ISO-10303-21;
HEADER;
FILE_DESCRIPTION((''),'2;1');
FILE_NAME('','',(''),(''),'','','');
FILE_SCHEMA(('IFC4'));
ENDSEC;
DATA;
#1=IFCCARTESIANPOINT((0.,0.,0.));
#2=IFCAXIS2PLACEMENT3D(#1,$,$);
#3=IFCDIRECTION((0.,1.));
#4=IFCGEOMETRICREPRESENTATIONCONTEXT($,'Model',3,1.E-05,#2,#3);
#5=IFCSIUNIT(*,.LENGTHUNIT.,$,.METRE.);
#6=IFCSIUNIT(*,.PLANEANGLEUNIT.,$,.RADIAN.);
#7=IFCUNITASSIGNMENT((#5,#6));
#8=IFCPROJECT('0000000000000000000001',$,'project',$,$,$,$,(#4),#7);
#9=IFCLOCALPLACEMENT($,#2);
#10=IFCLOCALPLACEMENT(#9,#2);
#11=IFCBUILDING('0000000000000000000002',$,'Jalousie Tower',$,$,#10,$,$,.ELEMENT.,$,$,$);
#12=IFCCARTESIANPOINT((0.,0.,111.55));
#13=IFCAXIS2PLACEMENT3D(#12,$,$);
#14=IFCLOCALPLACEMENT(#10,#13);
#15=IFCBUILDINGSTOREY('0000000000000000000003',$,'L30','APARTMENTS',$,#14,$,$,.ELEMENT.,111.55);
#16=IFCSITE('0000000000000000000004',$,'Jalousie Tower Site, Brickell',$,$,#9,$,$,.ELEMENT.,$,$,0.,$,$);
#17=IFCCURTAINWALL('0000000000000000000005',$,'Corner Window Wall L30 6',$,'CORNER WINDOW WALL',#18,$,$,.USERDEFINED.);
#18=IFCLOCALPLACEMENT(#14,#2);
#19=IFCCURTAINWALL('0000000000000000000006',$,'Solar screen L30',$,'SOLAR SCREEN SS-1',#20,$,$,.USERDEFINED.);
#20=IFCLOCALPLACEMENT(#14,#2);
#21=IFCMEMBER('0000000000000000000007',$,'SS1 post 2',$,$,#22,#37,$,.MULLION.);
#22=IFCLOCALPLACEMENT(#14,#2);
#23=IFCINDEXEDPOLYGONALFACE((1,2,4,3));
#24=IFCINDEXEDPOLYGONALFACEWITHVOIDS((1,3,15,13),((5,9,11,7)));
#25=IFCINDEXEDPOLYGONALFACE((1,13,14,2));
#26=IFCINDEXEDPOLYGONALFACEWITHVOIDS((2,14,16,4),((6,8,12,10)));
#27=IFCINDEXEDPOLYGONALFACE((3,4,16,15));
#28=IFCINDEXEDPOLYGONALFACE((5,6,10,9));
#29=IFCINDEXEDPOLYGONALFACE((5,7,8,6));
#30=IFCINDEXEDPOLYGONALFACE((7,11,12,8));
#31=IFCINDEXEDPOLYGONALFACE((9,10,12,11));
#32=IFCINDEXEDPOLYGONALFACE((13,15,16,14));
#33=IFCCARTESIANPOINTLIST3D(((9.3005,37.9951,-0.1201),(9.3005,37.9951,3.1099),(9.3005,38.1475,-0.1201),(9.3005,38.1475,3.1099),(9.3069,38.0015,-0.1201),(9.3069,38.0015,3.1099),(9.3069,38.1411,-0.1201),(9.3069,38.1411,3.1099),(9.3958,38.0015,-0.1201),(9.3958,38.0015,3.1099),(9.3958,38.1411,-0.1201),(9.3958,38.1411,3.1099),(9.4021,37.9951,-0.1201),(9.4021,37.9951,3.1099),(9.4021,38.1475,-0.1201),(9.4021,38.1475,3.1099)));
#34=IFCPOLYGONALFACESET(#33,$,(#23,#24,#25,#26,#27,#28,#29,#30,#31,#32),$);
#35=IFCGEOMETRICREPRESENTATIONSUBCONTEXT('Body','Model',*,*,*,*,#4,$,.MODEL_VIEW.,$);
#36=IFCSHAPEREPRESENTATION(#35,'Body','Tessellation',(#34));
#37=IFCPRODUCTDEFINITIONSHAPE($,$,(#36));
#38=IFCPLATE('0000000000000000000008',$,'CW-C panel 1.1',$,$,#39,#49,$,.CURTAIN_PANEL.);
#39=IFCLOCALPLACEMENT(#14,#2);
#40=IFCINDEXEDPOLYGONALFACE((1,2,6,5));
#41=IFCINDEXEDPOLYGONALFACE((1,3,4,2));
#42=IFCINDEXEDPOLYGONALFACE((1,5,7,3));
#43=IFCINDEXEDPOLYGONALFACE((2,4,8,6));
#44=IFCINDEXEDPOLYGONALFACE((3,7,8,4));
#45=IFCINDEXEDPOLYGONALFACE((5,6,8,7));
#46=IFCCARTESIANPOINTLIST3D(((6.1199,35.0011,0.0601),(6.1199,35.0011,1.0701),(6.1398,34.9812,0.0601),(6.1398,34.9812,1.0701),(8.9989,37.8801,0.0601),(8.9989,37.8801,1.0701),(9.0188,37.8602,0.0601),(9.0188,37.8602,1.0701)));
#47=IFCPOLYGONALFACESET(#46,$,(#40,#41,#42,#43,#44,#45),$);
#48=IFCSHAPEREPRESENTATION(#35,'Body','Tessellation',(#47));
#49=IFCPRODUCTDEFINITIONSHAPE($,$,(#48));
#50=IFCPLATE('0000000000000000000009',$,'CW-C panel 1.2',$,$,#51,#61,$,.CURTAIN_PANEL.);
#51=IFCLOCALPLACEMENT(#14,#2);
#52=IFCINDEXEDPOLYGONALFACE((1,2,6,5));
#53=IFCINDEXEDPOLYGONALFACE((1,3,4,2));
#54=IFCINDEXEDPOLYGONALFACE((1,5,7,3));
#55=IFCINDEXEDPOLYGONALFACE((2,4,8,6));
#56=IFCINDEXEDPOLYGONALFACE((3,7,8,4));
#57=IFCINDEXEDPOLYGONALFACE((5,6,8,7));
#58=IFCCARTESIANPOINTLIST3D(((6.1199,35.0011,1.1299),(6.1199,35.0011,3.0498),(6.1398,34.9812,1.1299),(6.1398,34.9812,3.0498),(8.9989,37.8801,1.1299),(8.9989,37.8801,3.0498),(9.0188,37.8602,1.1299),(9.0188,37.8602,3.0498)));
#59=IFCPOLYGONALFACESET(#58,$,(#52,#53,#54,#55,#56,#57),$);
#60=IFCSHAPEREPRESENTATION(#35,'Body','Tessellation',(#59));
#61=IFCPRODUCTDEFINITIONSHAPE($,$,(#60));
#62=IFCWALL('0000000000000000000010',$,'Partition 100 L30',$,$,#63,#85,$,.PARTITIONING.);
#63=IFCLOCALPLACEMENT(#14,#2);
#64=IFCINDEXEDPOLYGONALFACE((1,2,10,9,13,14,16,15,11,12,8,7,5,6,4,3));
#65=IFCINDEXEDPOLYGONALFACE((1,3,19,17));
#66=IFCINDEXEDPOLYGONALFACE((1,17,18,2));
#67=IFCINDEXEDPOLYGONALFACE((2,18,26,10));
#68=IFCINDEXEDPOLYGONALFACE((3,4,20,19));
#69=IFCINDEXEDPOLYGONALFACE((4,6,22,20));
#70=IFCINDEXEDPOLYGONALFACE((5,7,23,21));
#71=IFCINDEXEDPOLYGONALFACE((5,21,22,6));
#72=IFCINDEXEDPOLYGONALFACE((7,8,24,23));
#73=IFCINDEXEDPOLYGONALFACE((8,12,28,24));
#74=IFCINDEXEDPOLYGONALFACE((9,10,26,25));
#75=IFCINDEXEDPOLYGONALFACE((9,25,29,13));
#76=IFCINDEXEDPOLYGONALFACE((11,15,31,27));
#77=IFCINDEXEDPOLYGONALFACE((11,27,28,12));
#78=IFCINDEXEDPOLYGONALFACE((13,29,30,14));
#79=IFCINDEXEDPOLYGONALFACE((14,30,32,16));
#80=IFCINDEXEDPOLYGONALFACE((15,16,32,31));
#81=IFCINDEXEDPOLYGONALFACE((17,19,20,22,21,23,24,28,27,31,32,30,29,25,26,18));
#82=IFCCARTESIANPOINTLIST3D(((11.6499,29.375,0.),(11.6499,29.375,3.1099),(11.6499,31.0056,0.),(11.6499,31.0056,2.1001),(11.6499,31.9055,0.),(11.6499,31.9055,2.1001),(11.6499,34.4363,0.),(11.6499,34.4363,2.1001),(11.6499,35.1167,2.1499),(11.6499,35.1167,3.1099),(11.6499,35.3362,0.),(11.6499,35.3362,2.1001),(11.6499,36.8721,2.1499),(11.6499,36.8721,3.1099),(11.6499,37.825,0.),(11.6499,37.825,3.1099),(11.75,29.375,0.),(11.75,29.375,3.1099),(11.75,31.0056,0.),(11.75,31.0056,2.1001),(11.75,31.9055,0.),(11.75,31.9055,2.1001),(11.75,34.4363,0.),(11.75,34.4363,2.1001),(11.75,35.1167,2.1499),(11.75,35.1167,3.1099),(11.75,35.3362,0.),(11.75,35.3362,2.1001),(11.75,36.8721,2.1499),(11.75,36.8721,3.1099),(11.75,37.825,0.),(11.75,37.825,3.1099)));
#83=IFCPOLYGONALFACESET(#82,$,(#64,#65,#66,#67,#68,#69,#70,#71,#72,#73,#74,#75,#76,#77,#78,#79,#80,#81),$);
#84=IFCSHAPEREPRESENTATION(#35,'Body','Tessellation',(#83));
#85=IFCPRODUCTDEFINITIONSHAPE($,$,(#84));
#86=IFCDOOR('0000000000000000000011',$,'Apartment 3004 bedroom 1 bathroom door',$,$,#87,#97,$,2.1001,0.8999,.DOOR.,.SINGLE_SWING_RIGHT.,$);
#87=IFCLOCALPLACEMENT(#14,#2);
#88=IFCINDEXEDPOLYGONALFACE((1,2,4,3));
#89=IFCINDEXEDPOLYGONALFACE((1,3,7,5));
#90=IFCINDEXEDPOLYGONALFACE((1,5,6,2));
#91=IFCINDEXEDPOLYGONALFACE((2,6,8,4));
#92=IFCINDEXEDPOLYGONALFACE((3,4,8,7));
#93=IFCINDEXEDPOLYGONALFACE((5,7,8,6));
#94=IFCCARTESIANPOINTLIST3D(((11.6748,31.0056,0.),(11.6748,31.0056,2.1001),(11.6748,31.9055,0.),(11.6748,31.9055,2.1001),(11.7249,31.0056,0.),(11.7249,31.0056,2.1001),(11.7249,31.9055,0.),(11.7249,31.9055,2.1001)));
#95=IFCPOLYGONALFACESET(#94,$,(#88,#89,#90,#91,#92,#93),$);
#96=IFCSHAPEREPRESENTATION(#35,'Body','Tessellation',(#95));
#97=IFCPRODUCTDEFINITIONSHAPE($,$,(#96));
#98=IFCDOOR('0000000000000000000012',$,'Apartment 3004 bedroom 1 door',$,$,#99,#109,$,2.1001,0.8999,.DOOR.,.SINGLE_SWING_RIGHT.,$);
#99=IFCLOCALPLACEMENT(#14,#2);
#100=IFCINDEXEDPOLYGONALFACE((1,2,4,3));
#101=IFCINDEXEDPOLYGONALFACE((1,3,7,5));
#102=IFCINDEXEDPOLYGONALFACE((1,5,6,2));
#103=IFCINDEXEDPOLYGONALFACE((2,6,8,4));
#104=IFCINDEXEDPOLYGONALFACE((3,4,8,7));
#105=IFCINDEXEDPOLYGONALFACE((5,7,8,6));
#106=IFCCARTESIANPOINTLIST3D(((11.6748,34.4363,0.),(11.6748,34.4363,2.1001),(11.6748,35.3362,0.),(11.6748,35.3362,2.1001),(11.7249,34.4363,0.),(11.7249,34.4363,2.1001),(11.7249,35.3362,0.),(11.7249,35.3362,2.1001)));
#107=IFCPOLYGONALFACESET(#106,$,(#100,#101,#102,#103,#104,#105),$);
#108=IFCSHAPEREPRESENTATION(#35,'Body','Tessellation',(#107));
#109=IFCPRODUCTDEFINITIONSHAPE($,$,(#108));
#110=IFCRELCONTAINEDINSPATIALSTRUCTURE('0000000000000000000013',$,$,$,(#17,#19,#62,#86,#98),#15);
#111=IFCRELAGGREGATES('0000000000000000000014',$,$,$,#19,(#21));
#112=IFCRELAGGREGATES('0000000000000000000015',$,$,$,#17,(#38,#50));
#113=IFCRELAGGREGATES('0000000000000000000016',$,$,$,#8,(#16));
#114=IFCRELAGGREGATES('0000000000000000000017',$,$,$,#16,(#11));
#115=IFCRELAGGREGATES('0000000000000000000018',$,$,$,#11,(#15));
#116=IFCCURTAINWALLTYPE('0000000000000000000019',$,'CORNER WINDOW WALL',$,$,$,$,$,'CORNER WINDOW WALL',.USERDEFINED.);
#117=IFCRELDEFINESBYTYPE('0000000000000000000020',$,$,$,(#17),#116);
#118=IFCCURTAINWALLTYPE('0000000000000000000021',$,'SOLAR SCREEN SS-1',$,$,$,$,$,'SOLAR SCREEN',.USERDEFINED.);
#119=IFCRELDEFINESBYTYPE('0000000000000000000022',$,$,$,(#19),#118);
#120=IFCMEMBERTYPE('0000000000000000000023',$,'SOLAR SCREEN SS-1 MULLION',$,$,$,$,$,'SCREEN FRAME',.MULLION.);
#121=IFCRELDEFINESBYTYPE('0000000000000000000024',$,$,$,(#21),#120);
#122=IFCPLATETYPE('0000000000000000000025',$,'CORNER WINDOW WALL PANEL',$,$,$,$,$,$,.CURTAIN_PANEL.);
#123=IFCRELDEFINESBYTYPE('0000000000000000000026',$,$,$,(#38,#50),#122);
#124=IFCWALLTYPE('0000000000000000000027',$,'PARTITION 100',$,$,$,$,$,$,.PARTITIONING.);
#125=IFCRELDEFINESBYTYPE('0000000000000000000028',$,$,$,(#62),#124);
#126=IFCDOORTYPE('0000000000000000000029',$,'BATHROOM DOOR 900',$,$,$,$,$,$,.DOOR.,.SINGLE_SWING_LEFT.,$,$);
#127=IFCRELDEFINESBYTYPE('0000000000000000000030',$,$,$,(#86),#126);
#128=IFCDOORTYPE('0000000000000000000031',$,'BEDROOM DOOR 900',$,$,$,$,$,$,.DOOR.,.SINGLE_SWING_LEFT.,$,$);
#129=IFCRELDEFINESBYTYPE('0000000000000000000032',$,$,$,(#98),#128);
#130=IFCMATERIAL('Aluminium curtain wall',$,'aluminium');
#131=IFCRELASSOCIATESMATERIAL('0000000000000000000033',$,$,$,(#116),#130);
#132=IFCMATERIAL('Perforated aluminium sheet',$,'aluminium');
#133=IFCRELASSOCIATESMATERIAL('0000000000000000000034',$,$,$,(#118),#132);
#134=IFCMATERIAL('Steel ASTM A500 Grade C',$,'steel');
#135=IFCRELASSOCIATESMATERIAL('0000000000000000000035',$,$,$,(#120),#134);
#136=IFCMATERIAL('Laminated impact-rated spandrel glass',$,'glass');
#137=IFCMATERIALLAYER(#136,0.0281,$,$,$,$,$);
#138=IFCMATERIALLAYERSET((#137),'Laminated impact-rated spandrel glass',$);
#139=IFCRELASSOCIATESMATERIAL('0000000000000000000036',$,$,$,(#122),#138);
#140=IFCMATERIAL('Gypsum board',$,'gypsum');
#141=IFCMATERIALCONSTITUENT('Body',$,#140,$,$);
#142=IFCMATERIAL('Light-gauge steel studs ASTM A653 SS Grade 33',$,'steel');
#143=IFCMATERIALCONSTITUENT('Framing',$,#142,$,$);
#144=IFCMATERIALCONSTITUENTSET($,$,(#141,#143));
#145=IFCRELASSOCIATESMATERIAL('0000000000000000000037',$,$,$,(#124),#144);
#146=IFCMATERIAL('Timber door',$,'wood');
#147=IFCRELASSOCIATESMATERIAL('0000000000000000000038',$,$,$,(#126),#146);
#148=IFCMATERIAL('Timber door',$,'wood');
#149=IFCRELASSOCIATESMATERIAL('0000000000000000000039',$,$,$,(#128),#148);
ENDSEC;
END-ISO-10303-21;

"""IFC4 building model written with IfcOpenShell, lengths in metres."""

from ifc_helpers import new_model, si_unit, direction, frame, frame_2d, origin, origin_2d, place, context, subcontext, project, spatial, polyline, rectangle, hollow_rectangle, outline, extrude, material, layer, layer_set, constituent, constituent_set, material_profile, profile_set, type_object, element, fill, aggregate, save


model = new_model("IFC4")

# Units and contexts
model_context = context("Model", 3, precision=1e-05, world=origin(), true_north=direction((0.0, 1.0)))
body_context = subcontext(model_context, "Body", "Model", "MODEL_VIEW")
ifc_project = project(units=[si_unit("LENGTHUNIT", "METRE"), si_unit("PLANEANGLEUNIT", "RADIAN")], contexts=[model_context])

# Site, building, storey
site_placement = place(None, origin())
site = spatial("IfcSite", under=ifc_project, at=site_placement, Name="Jalousie Tower Site, Brickell", CompositionType="ELEMENT", RefElevation=0.0)
building_placement = place(site_placement, origin())
building = spatial("IfcBuilding", under=site, at=building_placement, Name="Jalousie Tower", CompositionType="ELEMENT")
storey_placement = place(building_placement, frame((0.0, 0.0, 111.55)))
storey = spatial("IfcBuildingStorey", under=building, at=storey_placement, Name="L30", Description="APARTMENTS", CompositionType="ELEMENT", Elevation=111.55)

# Curtain wall
ifc_material_1 = material(Name="Aluminium curtain wall", Category="aluminium")
curtain_wall_type_1 = type_object("IfcCurtainWallType", Name="CORNER WINDOW WALL", ElementType="CORNER WINDOW WALL", PredefinedType="USERDEFINED", material=ifc_material_1)
curtain_wall_1_placement = place(storey_placement, origin())
curtain_wall_1 = element("IfcCurtainWall", 1, at=curtain_wall_1_placement, inside=storey, type_object=curtain_wall_type_1, Name="Corner Window Wall L30 6", ObjectType="CORNER WINDOW WALL", PredefinedType="USERDEFINED")

# Curtain wall, member
ifc_material_2 = material(Name="Perforated aluminium sheet", Category="aluminium")
curtain_wall_type_2 = type_object("IfcCurtainWallType", Name="SOLAR SCREEN SS-1", ElementType="SOLAR SCREEN", PredefinedType="USERDEFINED", material=ifc_material_2)
curtain_wall_2_placement = place(storey_placement, origin())
curtain_wall_2 = element("IfcCurtainWall", 2, at=curtain_wall_2_placement, inside=storey, type_object=curtain_wall_type_2, Name="Solar screen L30", ObjectType="SOLAR SCREEN SS-1", PredefinedType="USERDEFINED")
ifc_material_3 = material(Name="Steel ASTM A500 Grade C", Category="steel")
ifc_material_profile_1 = material_profile(ifc_material_3, hollow_rectangle(XDim=0.1016, YDim=0.1523, WallThickness=0.0063, at=origin_2d()), Name="HSS6X4X1/4")
ifc_profile_set_1 = profile_set([ifc_material_profile_1], Name="Steel ASTM A500 Grade C")
member_type_1 = type_object("IfcMemberType", Name="SOLAR SCREEN SS-1 MULLION", ElementType="SCREEN FRAME", PredefinedType="MULLION", material=ifc_profile_set_1)
member_1_placement = place(storey_placement, frame((9.3513, 38.0713, -0.1201), z_axis=(0.0, 0.0, 1.0), x_axis=(-1.0, 0.0, 0.0)))
member_1 = element("IfcMember", 3, at=member_1_placement, type_object=member_type_1, Name="SS1 post 2", PredefinedType="MULLION", context=body_context, shape_type="SweptSolid", body=[
    extrude(hollow_rectangle(XDim=0.1016, YDim=0.1523, WallThickness=0.0063, at=origin_2d()), origin(), (0.0, 0.0, 1.0), 3.23),
])
aggregate(curtain_wall_2, [member_1])

# Plates
ifc_material_4 = material(Name="Laminated impact-rated spandrel glass", Category="glass")
ifc_layer = layer(ifc_material_4, 0.0281)
ifc_layer_set = layer_set([ifc_layer], Name="Laminated impact-rated spandrel glass")
plate_type = type_object("IfcPlateType", Name="CORNER WINDOW WALL PANEL", PredefinedType="CURTAIN_PANEL", material=ifc_layer_set)
plate_1_placement = place(storey_placement, frame((7.5693, 36.4307, 0.0601), z_axis=(0.0, 0.0, 1.0), x_axis=(-0.707107, -0.707107, 0.0)))
plate_1 = element("IfcPlate", 4, at=plate_1_placement, type_object=plate_type, Name="CW-C panel 1.1", PredefinedType="CURTAIN_PANEL", context=body_context, shape_type="SweptSolid", body=[
    extrude(rectangle(XDim=4.0715, YDim=0.0281, at=origin_2d()), origin(), (0.0, 0.0, 1.0), 1.01),
])
plate_2_placement = place(storey_placement, frame((7.5693, 36.4307, 1.1299), z_axis=(0.0, 0.0, 1.0), x_axis=(-0.707107, -0.707107, 0.0)))
plate_2 = element("IfcPlate", 5, at=plate_2_placement, type_object=plate_type, Name="CW-C panel 1.2", PredefinedType="CURTAIN_PANEL", context=body_context, shape_type="SweptSolid", body=[
    extrude(rectangle(XDim=4.0715, YDim=0.0281, at=origin_2d()), origin(), (0.0, 0.0, 1.0), 1.9199),
])
aggregate(curtain_wall_1, [plate_1, plate_2])

# Wall, openings, doors
ifc_material_5 = material(Name="Gypsum board", Category="gypsum")
ifc_constituent_1 = constituent(ifc_material_5, Name="Body")
ifc_material_6 = material(Name="Light-gauge steel studs ASTM A653 SS Grade 33", Category="steel")
ifc_constituent_2 = constituent(ifc_material_6, Name="Framing")
ifc_constituent_set = constituent_set(constituents=[ifc_constituent_1, ifc_constituent_2])
wall_type = type_object("IfcWallType", Name="PARTITION 100", PredefinedType="PARTITIONING", material=ifc_constituent_set)
wall_placement = place(storey_placement, frame((11.7, 37.825, 0.0), z_axis=(0.0, 0.0, 1.0), x_axis=(0.0, -1.0, 0.0)))
wall = element("IfcWall", 6, at=wall_placement, inside=storey, type_object=wall_type, Name="Partition 100 L30", PredefinedType="PARTITIONING", context=body_context, shape_type="SweptSolid", body=[
    extrude(outline(polyline([(0.0, 0.0), (8.45, 0.0), (8.45, 3.1099), (2.7083, 3.1099), (2.7083, 2.1499), (0.9529, 2.1499), (0.9529, 3.1099), (0.0, 3.1099), (0.0, 0.0)])), frame((0.0, 0.05, 0.0), z_axis=(0.0, -1.0, 0.0), x_axis=(1.0, 0.0, 0.0)), (0.0, 0.0, 1.0), 0.1001),
])
opening_1_placement = place(wall_placement, frame((2.4888, 0.0, 0.0)))
opening_1 = element("IfcOpeningElement", 7, at=opening_1_placement, cuts=wall, PredefinedType="OPENING", context=body_context, shape_type="SweptSolid", body=[
    extrude(rectangle(XDim=0.8999, YDim=2.1001, at=frame_2d((0.45, 1.05))), frame((0.0, 0.0601, 0.0), z_axis=(0.0, -1.0, 0.0), x_axis=(1.0, 0.0, 0.0)), (0.0, 0.0, 1.0), 0.1201),
])
opening_2_placement = place(wall_placement, frame((5.9194, 0.0, 0.0)))
opening_2 = element("IfcOpeningElement", 8, at=opening_2_placement, cuts=wall, PredefinedType="OPENING", context=body_context, shape_type="SweptSolid", body=[
    extrude(rectangle(XDim=0.8999, YDim=2.1001, at=frame_2d((0.45, 1.05))), frame((0.0, 0.0601, 0.0), z_axis=(0.0, -1.0, 0.0), x_axis=(1.0, 0.0, 0.0)), (0.0, 0.0, 1.0), 0.1201),
])
ifc_material_7 = material(Name="Timber door", Category="wood")
door_type_1 = type_object("IfcDoorType", Name="BATHROOM DOOR 900", OperationType="SINGLE_SWING_LEFT", PredefinedType="DOOR", material=ifc_material_7)
door_1_placement = place(opening_2_placement, origin())
door_1 = element("IfcDoor", 9, at=door_1_placement, inside=storey, type_object=door_type_1, Name="Apartment 3004 bedroom 1 bathroom door", OperationType="SINGLE_SWING_RIGHT", OverallHeight=2.1001, OverallWidth=0.8999, PredefinedType="DOOR", context=body_context, shape_type="SweptSolid", body=[
    extrude(rectangle(XDim=0.8999, YDim=2.1001, at=frame_2d((0.45, 1.05))), frame((0.0, 0.0249, 0.0), z_axis=(0.0, -1.0, 0.0), x_axis=(1.0, 0.0, 0.0)), (0.0, 0.0, 1.0), 0.05),
])
fill(opening_2, door_1)
ifc_material_8 = material(Name="Timber door", Category="wood")
door_type_2 = type_object("IfcDoorType", Name="BEDROOM DOOR 900", OperationType="SINGLE_SWING_LEFT", PredefinedType="DOOR", material=ifc_material_8)
door_2_placement = place(opening_1_placement, origin())
door_2 = element("IfcDoor", 10, at=door_2_placement, inside=storey, type_object=door_type_2, Name="Apartment 3004 bedroom 1 door", OperationType="SINGLE_SWING_RIGHT", OverallHeight=2.1001, OverallWidth=0.8999, PredefinedType="DOOR", context=body_context, shape_type="SweptSolid", body=[
    extrude(rectangle(XDim=0.8999, YDim=2.1001, at=frame_2d((0.45, 1.05))), frame((0.0, 0.0249, 0.0), z_axis=(0.0, -1.0, 0.0), x_axis=(1.0, 0.0, 0.0)), (0.0, 0.0, 1.0), 0.05),
])
fill(opening_1, door_2)

save(model, "model.ifc")
